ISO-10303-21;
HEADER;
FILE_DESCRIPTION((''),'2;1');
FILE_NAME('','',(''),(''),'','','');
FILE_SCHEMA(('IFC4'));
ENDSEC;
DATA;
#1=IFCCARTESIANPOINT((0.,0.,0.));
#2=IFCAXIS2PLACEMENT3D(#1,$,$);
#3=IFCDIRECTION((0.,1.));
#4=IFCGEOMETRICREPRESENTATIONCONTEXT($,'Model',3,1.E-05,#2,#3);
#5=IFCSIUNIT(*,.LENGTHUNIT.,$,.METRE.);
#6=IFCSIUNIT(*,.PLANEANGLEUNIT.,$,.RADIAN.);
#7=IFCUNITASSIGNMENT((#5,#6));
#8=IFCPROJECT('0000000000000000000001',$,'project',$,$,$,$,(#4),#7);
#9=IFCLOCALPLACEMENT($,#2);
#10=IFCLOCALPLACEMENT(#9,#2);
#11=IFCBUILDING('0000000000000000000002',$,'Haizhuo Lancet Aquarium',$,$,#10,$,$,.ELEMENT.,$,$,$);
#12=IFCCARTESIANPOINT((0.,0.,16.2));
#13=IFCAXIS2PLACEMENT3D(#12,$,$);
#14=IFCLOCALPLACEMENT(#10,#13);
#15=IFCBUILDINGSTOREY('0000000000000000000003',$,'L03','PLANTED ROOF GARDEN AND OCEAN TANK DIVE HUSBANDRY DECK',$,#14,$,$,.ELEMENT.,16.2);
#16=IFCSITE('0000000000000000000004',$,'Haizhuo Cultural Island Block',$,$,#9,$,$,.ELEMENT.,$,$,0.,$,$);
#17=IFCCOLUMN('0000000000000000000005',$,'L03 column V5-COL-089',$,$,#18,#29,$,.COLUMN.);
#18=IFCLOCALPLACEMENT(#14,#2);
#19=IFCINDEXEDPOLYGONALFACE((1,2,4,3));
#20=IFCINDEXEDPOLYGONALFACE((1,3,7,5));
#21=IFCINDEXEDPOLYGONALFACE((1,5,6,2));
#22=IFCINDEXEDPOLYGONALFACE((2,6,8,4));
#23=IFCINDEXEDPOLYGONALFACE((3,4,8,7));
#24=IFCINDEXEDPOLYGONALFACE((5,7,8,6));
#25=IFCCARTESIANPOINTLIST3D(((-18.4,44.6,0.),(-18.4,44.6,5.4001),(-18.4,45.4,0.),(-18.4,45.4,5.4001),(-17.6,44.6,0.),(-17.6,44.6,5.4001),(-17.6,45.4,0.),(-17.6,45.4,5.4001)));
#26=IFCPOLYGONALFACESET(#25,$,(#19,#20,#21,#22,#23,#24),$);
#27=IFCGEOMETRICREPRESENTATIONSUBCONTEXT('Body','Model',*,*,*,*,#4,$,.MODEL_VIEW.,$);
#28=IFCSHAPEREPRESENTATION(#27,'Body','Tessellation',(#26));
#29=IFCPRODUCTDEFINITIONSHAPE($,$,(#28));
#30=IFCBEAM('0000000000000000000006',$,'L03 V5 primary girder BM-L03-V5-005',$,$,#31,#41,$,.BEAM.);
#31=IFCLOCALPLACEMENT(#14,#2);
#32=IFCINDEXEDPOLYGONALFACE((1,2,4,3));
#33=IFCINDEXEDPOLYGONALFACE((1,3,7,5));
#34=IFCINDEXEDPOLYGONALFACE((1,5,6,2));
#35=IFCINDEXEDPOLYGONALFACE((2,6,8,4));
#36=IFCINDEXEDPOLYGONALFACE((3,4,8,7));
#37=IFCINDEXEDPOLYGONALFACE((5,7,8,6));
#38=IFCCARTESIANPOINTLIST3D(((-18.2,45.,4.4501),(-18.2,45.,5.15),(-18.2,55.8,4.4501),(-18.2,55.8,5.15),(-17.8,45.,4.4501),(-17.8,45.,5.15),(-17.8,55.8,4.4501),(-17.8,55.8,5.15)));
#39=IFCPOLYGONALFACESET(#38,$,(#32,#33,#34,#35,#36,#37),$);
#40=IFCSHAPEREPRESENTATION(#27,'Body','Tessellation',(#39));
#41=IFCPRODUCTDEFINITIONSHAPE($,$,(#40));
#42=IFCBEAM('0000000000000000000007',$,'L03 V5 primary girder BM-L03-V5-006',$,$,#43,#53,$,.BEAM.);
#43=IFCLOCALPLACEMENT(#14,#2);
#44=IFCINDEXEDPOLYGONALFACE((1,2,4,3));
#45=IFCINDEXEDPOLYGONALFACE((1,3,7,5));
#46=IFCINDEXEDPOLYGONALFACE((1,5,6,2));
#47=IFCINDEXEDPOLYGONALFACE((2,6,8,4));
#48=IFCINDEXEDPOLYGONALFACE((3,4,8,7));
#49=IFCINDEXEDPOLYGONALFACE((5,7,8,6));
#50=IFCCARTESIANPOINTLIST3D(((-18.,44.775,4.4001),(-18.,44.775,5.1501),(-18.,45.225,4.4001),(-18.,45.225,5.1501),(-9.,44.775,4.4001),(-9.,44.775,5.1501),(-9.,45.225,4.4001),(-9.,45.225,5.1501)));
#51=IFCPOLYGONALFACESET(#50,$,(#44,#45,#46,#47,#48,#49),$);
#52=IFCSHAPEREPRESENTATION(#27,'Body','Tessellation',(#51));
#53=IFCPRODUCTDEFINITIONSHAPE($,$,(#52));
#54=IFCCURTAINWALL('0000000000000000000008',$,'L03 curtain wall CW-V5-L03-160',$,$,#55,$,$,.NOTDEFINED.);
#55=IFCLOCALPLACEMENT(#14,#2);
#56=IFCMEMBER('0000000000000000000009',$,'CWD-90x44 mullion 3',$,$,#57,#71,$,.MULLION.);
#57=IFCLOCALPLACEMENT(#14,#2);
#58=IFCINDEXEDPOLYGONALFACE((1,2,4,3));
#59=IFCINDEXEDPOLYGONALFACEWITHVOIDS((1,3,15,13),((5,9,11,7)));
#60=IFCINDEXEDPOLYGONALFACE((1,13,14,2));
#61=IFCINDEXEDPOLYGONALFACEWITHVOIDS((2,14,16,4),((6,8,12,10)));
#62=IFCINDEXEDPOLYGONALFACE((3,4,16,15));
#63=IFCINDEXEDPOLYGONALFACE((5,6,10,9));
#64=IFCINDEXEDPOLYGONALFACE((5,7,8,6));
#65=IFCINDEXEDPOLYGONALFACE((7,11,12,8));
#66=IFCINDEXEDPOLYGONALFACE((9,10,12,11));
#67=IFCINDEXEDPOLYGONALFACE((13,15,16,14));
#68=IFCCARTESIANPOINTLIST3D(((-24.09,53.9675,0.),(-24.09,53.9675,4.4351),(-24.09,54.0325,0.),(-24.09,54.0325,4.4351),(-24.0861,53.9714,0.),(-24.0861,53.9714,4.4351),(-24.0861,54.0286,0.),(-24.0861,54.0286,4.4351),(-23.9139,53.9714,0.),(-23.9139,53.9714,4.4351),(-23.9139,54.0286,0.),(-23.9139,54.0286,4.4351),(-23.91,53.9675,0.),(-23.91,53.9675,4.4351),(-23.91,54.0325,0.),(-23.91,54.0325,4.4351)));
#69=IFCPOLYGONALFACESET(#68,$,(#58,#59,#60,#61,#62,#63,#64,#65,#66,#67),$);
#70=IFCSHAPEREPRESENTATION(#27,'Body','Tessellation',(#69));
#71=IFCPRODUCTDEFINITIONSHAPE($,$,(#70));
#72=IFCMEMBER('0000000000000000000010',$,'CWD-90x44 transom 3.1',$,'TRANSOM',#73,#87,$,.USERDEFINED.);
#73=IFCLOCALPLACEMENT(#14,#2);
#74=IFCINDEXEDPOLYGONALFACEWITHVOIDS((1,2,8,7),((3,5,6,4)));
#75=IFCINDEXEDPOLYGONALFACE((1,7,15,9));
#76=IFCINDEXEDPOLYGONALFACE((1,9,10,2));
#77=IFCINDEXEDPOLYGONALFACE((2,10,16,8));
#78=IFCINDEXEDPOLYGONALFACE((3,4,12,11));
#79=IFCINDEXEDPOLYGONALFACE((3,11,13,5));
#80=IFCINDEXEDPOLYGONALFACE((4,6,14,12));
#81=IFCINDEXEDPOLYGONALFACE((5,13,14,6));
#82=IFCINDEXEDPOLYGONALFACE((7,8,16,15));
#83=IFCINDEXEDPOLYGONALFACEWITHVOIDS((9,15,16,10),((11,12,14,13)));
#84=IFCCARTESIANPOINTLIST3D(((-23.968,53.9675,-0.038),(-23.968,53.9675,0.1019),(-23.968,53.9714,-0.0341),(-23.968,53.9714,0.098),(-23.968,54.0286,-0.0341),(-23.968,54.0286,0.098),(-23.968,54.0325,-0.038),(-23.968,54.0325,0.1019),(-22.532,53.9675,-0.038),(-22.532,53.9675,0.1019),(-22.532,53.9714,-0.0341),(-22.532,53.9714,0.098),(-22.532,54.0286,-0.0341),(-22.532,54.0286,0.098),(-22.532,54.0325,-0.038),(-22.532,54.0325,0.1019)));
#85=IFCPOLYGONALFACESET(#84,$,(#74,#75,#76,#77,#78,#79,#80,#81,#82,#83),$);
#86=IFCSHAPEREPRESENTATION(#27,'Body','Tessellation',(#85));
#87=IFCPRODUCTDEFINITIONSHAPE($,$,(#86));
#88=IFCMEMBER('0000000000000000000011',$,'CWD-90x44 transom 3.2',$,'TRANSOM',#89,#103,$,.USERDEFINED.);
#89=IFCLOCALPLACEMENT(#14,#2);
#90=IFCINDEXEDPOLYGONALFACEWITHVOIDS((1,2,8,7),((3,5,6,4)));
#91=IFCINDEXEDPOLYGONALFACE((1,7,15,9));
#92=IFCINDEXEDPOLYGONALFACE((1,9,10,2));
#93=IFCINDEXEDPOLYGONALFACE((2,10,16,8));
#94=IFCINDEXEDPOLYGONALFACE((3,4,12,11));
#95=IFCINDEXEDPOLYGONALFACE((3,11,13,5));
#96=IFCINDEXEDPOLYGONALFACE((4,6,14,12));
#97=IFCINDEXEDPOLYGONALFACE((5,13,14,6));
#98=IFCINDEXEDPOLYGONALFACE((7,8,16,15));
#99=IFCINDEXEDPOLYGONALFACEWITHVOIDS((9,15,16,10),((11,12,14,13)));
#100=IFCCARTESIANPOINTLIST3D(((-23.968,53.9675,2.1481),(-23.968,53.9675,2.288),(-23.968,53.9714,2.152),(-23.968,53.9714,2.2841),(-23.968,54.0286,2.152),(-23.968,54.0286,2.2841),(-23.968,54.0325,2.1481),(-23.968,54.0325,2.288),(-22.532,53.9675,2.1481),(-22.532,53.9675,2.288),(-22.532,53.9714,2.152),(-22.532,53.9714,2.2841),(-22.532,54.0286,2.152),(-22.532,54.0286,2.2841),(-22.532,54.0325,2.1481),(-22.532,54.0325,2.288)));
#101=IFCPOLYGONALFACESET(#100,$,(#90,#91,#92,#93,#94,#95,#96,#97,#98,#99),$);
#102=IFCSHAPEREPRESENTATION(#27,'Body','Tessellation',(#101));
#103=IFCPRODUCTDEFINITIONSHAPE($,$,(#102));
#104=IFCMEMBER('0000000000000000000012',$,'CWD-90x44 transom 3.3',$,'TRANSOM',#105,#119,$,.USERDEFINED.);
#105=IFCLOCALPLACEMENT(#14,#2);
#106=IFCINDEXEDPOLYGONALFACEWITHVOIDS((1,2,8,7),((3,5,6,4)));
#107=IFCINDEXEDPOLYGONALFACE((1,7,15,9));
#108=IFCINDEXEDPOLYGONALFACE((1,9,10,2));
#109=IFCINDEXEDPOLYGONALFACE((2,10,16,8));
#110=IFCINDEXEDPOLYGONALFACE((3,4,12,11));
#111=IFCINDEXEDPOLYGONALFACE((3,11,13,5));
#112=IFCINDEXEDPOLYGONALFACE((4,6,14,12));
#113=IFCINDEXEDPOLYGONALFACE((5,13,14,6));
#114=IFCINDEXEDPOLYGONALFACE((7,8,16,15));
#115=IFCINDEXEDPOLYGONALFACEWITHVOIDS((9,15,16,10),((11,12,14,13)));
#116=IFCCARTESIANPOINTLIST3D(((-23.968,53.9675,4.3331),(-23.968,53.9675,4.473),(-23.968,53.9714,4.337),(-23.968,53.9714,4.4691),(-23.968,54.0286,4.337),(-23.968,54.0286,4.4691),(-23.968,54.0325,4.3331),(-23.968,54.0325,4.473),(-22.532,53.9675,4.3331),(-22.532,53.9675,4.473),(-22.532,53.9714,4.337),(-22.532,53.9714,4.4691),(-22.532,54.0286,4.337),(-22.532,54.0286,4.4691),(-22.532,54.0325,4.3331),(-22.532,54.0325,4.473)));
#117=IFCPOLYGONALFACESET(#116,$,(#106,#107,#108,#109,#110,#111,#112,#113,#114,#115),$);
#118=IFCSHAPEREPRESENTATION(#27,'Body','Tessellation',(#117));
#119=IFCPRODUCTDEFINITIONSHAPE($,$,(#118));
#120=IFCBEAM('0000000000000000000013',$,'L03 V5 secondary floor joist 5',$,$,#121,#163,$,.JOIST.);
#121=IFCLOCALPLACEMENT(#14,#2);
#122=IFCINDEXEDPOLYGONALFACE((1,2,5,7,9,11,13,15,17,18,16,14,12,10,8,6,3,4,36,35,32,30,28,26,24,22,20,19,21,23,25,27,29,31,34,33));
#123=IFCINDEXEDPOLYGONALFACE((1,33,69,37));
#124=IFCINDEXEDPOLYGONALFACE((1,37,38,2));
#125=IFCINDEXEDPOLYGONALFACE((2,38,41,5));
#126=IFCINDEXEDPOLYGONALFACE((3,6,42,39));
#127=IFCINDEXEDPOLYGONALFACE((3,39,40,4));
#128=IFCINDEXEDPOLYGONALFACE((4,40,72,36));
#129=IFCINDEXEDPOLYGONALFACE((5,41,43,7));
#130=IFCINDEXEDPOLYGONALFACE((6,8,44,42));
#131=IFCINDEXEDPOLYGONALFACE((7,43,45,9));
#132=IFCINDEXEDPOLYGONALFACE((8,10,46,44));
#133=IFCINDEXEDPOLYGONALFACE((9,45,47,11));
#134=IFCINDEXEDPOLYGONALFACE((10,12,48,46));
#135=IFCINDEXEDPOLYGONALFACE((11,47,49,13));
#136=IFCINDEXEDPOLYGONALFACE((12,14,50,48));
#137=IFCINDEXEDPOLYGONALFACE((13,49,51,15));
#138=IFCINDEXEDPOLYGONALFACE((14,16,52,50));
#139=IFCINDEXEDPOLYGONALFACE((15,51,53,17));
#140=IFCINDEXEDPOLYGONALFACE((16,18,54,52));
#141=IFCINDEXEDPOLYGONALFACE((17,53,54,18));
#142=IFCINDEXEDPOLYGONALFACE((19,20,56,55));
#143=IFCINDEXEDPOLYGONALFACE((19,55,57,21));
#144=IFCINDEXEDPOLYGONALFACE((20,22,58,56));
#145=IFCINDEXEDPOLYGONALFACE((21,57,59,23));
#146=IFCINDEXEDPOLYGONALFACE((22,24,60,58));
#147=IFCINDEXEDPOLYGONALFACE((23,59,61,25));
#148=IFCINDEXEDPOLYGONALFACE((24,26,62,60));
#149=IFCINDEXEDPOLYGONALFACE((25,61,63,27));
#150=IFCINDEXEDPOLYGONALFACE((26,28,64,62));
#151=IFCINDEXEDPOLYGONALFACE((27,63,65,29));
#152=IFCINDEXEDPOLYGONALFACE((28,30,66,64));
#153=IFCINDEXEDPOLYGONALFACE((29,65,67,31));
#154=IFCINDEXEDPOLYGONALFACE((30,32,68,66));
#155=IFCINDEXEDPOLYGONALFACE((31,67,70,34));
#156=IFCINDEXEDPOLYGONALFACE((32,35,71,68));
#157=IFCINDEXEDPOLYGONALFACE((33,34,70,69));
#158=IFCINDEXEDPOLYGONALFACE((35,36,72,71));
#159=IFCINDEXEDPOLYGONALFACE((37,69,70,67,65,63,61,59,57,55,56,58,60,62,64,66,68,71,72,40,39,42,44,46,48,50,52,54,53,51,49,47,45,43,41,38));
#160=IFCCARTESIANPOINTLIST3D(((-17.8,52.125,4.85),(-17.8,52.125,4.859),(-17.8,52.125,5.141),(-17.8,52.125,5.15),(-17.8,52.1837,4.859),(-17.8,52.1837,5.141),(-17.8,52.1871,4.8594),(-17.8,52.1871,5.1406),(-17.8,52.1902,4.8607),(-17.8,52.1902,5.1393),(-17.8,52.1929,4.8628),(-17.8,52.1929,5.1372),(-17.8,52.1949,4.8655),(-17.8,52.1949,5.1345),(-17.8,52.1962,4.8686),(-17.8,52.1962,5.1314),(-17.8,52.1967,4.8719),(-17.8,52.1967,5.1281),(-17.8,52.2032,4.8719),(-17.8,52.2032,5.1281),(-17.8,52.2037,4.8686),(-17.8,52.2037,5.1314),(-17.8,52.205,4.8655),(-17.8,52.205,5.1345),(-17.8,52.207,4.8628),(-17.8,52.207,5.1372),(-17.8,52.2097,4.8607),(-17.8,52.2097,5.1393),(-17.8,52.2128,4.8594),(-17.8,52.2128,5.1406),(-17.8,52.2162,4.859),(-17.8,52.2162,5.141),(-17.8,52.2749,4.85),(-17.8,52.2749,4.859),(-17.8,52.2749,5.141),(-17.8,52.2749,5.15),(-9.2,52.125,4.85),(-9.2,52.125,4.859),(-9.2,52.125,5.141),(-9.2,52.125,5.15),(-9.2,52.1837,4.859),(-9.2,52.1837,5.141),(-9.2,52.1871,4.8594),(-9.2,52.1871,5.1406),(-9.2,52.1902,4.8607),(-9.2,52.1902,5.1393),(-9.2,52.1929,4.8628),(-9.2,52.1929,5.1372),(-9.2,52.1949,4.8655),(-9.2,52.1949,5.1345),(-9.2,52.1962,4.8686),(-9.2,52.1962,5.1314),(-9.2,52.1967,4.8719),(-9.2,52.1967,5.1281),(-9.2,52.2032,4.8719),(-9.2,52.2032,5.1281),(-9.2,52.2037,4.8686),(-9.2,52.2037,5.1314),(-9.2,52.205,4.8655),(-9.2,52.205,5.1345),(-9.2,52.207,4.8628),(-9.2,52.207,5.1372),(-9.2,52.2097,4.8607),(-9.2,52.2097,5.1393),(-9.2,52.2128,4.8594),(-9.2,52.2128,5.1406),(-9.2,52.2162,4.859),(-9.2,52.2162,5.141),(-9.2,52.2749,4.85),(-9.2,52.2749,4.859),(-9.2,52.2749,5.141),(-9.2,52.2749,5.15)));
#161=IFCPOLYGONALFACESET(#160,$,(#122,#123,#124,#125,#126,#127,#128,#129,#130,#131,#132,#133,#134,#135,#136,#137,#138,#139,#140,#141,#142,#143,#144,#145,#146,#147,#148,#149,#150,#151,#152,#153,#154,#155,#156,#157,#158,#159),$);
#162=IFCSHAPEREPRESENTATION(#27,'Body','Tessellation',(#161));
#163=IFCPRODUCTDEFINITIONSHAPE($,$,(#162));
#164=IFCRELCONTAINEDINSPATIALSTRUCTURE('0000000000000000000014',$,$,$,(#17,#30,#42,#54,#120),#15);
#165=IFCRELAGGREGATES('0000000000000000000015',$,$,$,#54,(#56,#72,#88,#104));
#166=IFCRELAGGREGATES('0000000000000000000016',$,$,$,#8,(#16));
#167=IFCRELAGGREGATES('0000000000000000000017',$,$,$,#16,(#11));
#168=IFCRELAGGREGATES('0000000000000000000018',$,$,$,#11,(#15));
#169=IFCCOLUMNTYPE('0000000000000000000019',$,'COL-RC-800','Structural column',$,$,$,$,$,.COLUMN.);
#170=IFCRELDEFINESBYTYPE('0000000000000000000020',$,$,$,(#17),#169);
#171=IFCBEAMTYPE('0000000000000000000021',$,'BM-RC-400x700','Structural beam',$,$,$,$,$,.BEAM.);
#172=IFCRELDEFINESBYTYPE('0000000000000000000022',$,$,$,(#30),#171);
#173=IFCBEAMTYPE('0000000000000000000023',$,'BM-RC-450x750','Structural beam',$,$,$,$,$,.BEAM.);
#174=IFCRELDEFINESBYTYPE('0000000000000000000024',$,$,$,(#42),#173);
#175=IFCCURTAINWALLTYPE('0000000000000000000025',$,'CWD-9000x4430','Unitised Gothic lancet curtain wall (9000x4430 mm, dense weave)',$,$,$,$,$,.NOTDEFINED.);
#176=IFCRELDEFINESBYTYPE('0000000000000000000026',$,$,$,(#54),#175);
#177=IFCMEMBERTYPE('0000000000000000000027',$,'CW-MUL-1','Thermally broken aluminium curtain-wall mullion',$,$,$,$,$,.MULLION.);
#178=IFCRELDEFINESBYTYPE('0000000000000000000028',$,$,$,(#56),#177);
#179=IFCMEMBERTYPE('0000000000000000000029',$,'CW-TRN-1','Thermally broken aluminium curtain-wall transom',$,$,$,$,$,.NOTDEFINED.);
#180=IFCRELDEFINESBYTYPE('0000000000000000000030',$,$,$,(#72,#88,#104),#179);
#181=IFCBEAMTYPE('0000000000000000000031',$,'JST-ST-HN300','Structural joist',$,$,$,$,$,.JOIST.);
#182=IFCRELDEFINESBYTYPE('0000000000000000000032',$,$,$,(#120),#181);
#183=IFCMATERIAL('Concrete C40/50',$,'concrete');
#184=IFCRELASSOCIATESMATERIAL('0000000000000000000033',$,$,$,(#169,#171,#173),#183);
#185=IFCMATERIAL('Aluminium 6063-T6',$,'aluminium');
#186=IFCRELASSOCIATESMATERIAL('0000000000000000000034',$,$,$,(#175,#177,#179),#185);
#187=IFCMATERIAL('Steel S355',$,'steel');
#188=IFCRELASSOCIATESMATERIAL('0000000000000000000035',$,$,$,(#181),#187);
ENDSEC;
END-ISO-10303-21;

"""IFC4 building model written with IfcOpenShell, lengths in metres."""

from ifc_helpers import new_model, si_unit, direction, frame, origin, origin_2d, place, context, subcontext, project, spatial, rectangle, hollow_rectangle, i_section, extrude, material, material_profile, profile_set, type_object, element, aggregate, save


model = new_model("IFC4")

# Units and contexts
model_context = context("Model", 3, precision=1e-05, world=origin(), true_north=direction((0.0, 1.0)))
body_context = subcontext(model_context, "Body", "Model", "MODEL_VIEW")
ifc_project = project(units=[si_unit("LENGTHUNIT", "METRE"), si_unit("PLANEANGLEUNIT", "RADIAN")], contexts=[model_context])

# Site, building, storey
site_placement = place(None, origin())
site = spatial("IfcSite", under=ifc_project, at=site_placement, Name="Haizhuo Cultural Island Block", CompositionType="ELEMENT", RefElevation=0.0)
building_placement = place(site_placement, origin())
building = spatial("IfcBuilding", under=site, at=building_placement, Name="Haizhuo Lancet Aquarium", CompositionType="ELEMENT")
storey_placement = place(building_placement, frame((0.0, 0.0, 16.2)))
storey = spatial("IfcBuildingStorey", under=building, at=storey_placement, Name="L03", Description="PLANTED ROOF GARDEN AND OCEAN TANK DIVE HUSBANDRY DECK", CompositionType="ELEMENT", Elevation=16.2)

# Column
ifc_material_1 = material(Name="Concrete C40/50", Category="concrete")
ifc_material_profile_1 = material_profile(ifc_material_1, rectangle(XDim=0.8, YDim=0.8, at=origin_2d()), Name="RC-COL 800x800")
ifc_profile_set_1 = profile_set([ifc_material_profile_1], Name="Concrete C40/50")
column_type = type_object("IfcColumnType", Name="COL-RC-800", Description="Structural column", PredefinedType="COLUMN", material=ifc_profile_set_1)
column_placement = place(storey_placement, frame((-18.0, 45.0, 0.0), z_axis=(0.0, 0.0, 1.0), x_axis=(1.0, 0.0, 0.0)))
element("IfcColumn", 1, at=column_placement, inside=storey, type_object=column_type, Name="L03 column V5-COL-089", PredefinedType="COLUMN", context=body_context, shape_type="SweptSolid", body=[
    extrude(rectangle(XDim=0.8, YDim=0.8, at=origin_2d()), origin(), (0.0, 0.0, 1.0), 5.4001),
])

# Beams
ifc_material_profile_2 = material_profile(ifc_material_1, rectangle(XDim=0.3999, YDim=0.7, at=origin_2d()), Name="RC-BM 400x700")
ifc_profile_set_2 = profile_set([ifc_material_profile_2], Name="Concrete C40/50")
beam_type_1 = type_object("IfcBeamType", Name="BM-RC-400x700", Description="Structural beam", PredefinedType="BEAM", material=ifc_profile_set_2)
beam_1_placement = place(storey_placement, frame((-18.0, 45.0, 4.8), z_axis=(0.0, 1.0, 0.0), x_axis=(-1.0, 0.0, 0.0)))
element("IfcBeam", 2, at=beam_1_placement, inside=storey, type_object=beam_type_1, Name="L03 V5 primary girder BM-L03-V5-005", PredefinedType="BEAM", context=body_context, shape_type="SweptSolid", body=[
    extrude(rectangle(XDim=0.3999, YDim=0.7, at=origin_2d()), origin(), (0.0, 0.0, 1.0), 10.8),
])
ifc_material_profile_3 = material_profile(ifc_material_1, rectangle(XDim=0.45, YDim=0.75, at=origin_2d()), Name="RC-BM 450x750")
ifc_profile_set_3 = profile_set([ifc_material_profile_3], Name="Concrete C40/50")
beam_type_2 = type_object("IfcBeamType", Name="BM-RC-450x750", Description="Structural beam", PredefinedType="BEAM", material=ifc_profile_set_3)
beam_2_placement = place(storey_placement, frame((-18.0, 45.0, 4.7751), z_axis=(1.0, 0.0, 0.0), x_axis=(0.0, 1.0, 0.0)))
element("IfcBeam", 3, at=beam_2_placement, inside=storey, type_object=beam_type_2, Name="L03 V5 primary girder BM-L03-V5-006", PredefinedType="BEAM", context=body_context, shape_type="SweptSolid", body=[
    extrude(rectangle(XDim=0.45, YDim=0.75, at=origin_2d()), origin(), (0.0, 0.0, 1.0), 9.0),
])

# Curtain wall, members
ifc_material_2 = material(Name="Aluminium 6063-T6", Category="aluminium")
curtain_wall_type = type_object("IfcCurtainWallType", Name="CWD-9000x4430", Description="Unitised Gothic lancet curtain wall (9000x4430 mm, dense weave)", PredefinedType="NOTDEFINED", material=ifc_material_2)
curtain_wall_placement = place(storey_placement, origin())
curtain_wall = element("IfcCurtainWall", 4, at=curtain_wall_placement, inside=storey, type_object=curtain_wall_type, Name="L03 curtain wall CW-V5-L03-160", PredefinedType="NOTDEFINED")
ifc_material_profile_4 = material_profile(ifc_material_2, hollow_rectangle(XDim=0.0649, YDim=0.1799, WallThickness=0.0039, at=origin_2d()), Name="ALU-M 65x180x4")
ifc_profile_set_4 = profile_set([ifc_material_profile_4], Name="Aluminium 6063-T6")
member_type_1 = type_object("IfcMemberType", Name="CW-MUL-1", Description="Thermally broken aluminium curtain-wall mullion", PredefinedType="MULLION", material=ifc_profile_set_4)
member_1_placement = place(storey_placement, frame((-24.0, 54.0, 0.0), z_axis=(0.0, 0.0, 1.0), x_axis=(0.0, 1.0, 0.0)))
member_1 = element("IfcMember", 5, at=member_1_placement, type_object=member_type_1, Name="CWD-90x44 mullion 3", PredefinedType="MULLION", context=body_context, shape_type="SweptSolid", body=[
    extrude(hollow_rectangle(XDim=0.0649, YDim=0.1799, WallThickness=0.0039, at=origin_2d()), origin(), (0.0, 0.0, 1.0), 4.4351),
])
ifc_material_profile_5 = material_profile(ifc_material_2, hollow_rectangle(XDim=0.0649, YDim=0.1399, WallThickness=0.0039, at=origin_2d()), Name="ALU-T 65x140x4")
ifc_profile_set_5 = profile_set([ifc_material_profile_5], Name="Aluminium 6063-T6")
member_type_2 = type_object("IfcMemberType", Name="CW-TRN-1", Description="Thermally broken aluminium curtain-wall transom", PredefinedType="NOTDEFINED", material=ifc_profile_set_5)
member_2_placement = place(storey_placement, frame((-23.968, 54.0, 0.032), z_axis=(1.0, 0.0, 0.0), x_axis=(0.0, 1.0, 0.0)))
member_2 = element("IfcMember", 6, at=member_2_placement, type_object=member_type_2, Name="CWD-90x44 transom 3.1", ObjectType="TRANSOM", PredefinedType="USERDEFINED", context=body_context, shape_type="SweptSolid", body=[
    extrude(hollow_rectangle(XDim=0.0649, YDim=0.1399, WallThickness=0.0039, at=origin_2d()), origin(), (0.0, 0.0, 1.0), 1.436),
])
member_3_placement = place(storey_placement, frame((-23.968, 54.0, 2.218), z_axis=(1.0, 0.0, 0.0), x_axis=(0.0, 1.0, 0.0)))
member_3 = element("IfcMember", 7, at=member_3_placement, type_object=member_type_2, Name="CWD-90x44 transom 3.2", ObjectType="TRANSOM", PredefinedType="USERDEFINED", context=body_context, shape_type="SweptSolid", body=[
    extrude(hollow_rectangle(XDim=0.0649, YDim=0.1399, WallThickness=0.0039, at=origin_2d()), origin(), (0.0, 0.0, 1.0), 1.436),
])
member_4_placement = place(storey_placement, frame((-23.968, 54.0, 4.4031), z_axis=(1.0, 0.0, 0.0), x_axis=(0.0, 1.0, 0.0)))
member_4 = element("IfcMember", 8, at=member_4_placement, type_object=member_type_2, Name="CWD-90x44 transom 3.3", ObjectType="TRANSOM", PredefinedType="USERDEFINED", context=body_context, shape_type="SweptSolid", body=[
    extrude(hollow_rectangle(XDim=0.0649, YDim=0.1399, WallThickness=0.0039, at=origin_2d()), origin(), (0.0, 0.0, 1.0), 1.436),
])

# Beam
ifc_material_3 = material(Name="Steel S355", Category="steel")
ifc_material_profile_6 = material_profile(ifc_material_3, i_section(OverallWidth=0.1499, OverallDepth=0.3, WebThickness=0.0066, FlangeThickness=0.009, FilletRadius=0.0129, at=origin_2d()), Name="HN 300x150x6.5x9")
ifc_profile_set_6 = profile_set([ifc_material_profile_6], Name="Steel S355")
beam_type_3 = type_object("IfcBeamType", Name="JST-ST-HN300", Description="Structural joist", PredefinedType="JOIST", material=ifc_profile_set_6)
beam_3_placement = place(storey_placement, frame((-17.8, 52.2, 5.0), z_axis=(1.0, 0.0, 0.0), x_axis=(0.0, 1.0, 0.0)))
element("IfcBeam", 9, at=beam_3_placement, inside=storey, type_object=beam_type_3, Name="L03 V5 secondary floor joist 5", PredefinedType="JOIST", context=body_context, shape_type="SweptSolid", body=[
    extrude(i_section(OverallWidth=0.1499, OverallDepth=0.3, WebThickness=0.0066, FlangeThickness=0.009, FilletRadius=0.0129, at=origin_2d()), origin(), (0.0, 0.0, 1.0), 8.6001),
])

aggregate(curtain_wall, [member_1, member_2, member_3, member_4])

save(model, "model.ifc")
